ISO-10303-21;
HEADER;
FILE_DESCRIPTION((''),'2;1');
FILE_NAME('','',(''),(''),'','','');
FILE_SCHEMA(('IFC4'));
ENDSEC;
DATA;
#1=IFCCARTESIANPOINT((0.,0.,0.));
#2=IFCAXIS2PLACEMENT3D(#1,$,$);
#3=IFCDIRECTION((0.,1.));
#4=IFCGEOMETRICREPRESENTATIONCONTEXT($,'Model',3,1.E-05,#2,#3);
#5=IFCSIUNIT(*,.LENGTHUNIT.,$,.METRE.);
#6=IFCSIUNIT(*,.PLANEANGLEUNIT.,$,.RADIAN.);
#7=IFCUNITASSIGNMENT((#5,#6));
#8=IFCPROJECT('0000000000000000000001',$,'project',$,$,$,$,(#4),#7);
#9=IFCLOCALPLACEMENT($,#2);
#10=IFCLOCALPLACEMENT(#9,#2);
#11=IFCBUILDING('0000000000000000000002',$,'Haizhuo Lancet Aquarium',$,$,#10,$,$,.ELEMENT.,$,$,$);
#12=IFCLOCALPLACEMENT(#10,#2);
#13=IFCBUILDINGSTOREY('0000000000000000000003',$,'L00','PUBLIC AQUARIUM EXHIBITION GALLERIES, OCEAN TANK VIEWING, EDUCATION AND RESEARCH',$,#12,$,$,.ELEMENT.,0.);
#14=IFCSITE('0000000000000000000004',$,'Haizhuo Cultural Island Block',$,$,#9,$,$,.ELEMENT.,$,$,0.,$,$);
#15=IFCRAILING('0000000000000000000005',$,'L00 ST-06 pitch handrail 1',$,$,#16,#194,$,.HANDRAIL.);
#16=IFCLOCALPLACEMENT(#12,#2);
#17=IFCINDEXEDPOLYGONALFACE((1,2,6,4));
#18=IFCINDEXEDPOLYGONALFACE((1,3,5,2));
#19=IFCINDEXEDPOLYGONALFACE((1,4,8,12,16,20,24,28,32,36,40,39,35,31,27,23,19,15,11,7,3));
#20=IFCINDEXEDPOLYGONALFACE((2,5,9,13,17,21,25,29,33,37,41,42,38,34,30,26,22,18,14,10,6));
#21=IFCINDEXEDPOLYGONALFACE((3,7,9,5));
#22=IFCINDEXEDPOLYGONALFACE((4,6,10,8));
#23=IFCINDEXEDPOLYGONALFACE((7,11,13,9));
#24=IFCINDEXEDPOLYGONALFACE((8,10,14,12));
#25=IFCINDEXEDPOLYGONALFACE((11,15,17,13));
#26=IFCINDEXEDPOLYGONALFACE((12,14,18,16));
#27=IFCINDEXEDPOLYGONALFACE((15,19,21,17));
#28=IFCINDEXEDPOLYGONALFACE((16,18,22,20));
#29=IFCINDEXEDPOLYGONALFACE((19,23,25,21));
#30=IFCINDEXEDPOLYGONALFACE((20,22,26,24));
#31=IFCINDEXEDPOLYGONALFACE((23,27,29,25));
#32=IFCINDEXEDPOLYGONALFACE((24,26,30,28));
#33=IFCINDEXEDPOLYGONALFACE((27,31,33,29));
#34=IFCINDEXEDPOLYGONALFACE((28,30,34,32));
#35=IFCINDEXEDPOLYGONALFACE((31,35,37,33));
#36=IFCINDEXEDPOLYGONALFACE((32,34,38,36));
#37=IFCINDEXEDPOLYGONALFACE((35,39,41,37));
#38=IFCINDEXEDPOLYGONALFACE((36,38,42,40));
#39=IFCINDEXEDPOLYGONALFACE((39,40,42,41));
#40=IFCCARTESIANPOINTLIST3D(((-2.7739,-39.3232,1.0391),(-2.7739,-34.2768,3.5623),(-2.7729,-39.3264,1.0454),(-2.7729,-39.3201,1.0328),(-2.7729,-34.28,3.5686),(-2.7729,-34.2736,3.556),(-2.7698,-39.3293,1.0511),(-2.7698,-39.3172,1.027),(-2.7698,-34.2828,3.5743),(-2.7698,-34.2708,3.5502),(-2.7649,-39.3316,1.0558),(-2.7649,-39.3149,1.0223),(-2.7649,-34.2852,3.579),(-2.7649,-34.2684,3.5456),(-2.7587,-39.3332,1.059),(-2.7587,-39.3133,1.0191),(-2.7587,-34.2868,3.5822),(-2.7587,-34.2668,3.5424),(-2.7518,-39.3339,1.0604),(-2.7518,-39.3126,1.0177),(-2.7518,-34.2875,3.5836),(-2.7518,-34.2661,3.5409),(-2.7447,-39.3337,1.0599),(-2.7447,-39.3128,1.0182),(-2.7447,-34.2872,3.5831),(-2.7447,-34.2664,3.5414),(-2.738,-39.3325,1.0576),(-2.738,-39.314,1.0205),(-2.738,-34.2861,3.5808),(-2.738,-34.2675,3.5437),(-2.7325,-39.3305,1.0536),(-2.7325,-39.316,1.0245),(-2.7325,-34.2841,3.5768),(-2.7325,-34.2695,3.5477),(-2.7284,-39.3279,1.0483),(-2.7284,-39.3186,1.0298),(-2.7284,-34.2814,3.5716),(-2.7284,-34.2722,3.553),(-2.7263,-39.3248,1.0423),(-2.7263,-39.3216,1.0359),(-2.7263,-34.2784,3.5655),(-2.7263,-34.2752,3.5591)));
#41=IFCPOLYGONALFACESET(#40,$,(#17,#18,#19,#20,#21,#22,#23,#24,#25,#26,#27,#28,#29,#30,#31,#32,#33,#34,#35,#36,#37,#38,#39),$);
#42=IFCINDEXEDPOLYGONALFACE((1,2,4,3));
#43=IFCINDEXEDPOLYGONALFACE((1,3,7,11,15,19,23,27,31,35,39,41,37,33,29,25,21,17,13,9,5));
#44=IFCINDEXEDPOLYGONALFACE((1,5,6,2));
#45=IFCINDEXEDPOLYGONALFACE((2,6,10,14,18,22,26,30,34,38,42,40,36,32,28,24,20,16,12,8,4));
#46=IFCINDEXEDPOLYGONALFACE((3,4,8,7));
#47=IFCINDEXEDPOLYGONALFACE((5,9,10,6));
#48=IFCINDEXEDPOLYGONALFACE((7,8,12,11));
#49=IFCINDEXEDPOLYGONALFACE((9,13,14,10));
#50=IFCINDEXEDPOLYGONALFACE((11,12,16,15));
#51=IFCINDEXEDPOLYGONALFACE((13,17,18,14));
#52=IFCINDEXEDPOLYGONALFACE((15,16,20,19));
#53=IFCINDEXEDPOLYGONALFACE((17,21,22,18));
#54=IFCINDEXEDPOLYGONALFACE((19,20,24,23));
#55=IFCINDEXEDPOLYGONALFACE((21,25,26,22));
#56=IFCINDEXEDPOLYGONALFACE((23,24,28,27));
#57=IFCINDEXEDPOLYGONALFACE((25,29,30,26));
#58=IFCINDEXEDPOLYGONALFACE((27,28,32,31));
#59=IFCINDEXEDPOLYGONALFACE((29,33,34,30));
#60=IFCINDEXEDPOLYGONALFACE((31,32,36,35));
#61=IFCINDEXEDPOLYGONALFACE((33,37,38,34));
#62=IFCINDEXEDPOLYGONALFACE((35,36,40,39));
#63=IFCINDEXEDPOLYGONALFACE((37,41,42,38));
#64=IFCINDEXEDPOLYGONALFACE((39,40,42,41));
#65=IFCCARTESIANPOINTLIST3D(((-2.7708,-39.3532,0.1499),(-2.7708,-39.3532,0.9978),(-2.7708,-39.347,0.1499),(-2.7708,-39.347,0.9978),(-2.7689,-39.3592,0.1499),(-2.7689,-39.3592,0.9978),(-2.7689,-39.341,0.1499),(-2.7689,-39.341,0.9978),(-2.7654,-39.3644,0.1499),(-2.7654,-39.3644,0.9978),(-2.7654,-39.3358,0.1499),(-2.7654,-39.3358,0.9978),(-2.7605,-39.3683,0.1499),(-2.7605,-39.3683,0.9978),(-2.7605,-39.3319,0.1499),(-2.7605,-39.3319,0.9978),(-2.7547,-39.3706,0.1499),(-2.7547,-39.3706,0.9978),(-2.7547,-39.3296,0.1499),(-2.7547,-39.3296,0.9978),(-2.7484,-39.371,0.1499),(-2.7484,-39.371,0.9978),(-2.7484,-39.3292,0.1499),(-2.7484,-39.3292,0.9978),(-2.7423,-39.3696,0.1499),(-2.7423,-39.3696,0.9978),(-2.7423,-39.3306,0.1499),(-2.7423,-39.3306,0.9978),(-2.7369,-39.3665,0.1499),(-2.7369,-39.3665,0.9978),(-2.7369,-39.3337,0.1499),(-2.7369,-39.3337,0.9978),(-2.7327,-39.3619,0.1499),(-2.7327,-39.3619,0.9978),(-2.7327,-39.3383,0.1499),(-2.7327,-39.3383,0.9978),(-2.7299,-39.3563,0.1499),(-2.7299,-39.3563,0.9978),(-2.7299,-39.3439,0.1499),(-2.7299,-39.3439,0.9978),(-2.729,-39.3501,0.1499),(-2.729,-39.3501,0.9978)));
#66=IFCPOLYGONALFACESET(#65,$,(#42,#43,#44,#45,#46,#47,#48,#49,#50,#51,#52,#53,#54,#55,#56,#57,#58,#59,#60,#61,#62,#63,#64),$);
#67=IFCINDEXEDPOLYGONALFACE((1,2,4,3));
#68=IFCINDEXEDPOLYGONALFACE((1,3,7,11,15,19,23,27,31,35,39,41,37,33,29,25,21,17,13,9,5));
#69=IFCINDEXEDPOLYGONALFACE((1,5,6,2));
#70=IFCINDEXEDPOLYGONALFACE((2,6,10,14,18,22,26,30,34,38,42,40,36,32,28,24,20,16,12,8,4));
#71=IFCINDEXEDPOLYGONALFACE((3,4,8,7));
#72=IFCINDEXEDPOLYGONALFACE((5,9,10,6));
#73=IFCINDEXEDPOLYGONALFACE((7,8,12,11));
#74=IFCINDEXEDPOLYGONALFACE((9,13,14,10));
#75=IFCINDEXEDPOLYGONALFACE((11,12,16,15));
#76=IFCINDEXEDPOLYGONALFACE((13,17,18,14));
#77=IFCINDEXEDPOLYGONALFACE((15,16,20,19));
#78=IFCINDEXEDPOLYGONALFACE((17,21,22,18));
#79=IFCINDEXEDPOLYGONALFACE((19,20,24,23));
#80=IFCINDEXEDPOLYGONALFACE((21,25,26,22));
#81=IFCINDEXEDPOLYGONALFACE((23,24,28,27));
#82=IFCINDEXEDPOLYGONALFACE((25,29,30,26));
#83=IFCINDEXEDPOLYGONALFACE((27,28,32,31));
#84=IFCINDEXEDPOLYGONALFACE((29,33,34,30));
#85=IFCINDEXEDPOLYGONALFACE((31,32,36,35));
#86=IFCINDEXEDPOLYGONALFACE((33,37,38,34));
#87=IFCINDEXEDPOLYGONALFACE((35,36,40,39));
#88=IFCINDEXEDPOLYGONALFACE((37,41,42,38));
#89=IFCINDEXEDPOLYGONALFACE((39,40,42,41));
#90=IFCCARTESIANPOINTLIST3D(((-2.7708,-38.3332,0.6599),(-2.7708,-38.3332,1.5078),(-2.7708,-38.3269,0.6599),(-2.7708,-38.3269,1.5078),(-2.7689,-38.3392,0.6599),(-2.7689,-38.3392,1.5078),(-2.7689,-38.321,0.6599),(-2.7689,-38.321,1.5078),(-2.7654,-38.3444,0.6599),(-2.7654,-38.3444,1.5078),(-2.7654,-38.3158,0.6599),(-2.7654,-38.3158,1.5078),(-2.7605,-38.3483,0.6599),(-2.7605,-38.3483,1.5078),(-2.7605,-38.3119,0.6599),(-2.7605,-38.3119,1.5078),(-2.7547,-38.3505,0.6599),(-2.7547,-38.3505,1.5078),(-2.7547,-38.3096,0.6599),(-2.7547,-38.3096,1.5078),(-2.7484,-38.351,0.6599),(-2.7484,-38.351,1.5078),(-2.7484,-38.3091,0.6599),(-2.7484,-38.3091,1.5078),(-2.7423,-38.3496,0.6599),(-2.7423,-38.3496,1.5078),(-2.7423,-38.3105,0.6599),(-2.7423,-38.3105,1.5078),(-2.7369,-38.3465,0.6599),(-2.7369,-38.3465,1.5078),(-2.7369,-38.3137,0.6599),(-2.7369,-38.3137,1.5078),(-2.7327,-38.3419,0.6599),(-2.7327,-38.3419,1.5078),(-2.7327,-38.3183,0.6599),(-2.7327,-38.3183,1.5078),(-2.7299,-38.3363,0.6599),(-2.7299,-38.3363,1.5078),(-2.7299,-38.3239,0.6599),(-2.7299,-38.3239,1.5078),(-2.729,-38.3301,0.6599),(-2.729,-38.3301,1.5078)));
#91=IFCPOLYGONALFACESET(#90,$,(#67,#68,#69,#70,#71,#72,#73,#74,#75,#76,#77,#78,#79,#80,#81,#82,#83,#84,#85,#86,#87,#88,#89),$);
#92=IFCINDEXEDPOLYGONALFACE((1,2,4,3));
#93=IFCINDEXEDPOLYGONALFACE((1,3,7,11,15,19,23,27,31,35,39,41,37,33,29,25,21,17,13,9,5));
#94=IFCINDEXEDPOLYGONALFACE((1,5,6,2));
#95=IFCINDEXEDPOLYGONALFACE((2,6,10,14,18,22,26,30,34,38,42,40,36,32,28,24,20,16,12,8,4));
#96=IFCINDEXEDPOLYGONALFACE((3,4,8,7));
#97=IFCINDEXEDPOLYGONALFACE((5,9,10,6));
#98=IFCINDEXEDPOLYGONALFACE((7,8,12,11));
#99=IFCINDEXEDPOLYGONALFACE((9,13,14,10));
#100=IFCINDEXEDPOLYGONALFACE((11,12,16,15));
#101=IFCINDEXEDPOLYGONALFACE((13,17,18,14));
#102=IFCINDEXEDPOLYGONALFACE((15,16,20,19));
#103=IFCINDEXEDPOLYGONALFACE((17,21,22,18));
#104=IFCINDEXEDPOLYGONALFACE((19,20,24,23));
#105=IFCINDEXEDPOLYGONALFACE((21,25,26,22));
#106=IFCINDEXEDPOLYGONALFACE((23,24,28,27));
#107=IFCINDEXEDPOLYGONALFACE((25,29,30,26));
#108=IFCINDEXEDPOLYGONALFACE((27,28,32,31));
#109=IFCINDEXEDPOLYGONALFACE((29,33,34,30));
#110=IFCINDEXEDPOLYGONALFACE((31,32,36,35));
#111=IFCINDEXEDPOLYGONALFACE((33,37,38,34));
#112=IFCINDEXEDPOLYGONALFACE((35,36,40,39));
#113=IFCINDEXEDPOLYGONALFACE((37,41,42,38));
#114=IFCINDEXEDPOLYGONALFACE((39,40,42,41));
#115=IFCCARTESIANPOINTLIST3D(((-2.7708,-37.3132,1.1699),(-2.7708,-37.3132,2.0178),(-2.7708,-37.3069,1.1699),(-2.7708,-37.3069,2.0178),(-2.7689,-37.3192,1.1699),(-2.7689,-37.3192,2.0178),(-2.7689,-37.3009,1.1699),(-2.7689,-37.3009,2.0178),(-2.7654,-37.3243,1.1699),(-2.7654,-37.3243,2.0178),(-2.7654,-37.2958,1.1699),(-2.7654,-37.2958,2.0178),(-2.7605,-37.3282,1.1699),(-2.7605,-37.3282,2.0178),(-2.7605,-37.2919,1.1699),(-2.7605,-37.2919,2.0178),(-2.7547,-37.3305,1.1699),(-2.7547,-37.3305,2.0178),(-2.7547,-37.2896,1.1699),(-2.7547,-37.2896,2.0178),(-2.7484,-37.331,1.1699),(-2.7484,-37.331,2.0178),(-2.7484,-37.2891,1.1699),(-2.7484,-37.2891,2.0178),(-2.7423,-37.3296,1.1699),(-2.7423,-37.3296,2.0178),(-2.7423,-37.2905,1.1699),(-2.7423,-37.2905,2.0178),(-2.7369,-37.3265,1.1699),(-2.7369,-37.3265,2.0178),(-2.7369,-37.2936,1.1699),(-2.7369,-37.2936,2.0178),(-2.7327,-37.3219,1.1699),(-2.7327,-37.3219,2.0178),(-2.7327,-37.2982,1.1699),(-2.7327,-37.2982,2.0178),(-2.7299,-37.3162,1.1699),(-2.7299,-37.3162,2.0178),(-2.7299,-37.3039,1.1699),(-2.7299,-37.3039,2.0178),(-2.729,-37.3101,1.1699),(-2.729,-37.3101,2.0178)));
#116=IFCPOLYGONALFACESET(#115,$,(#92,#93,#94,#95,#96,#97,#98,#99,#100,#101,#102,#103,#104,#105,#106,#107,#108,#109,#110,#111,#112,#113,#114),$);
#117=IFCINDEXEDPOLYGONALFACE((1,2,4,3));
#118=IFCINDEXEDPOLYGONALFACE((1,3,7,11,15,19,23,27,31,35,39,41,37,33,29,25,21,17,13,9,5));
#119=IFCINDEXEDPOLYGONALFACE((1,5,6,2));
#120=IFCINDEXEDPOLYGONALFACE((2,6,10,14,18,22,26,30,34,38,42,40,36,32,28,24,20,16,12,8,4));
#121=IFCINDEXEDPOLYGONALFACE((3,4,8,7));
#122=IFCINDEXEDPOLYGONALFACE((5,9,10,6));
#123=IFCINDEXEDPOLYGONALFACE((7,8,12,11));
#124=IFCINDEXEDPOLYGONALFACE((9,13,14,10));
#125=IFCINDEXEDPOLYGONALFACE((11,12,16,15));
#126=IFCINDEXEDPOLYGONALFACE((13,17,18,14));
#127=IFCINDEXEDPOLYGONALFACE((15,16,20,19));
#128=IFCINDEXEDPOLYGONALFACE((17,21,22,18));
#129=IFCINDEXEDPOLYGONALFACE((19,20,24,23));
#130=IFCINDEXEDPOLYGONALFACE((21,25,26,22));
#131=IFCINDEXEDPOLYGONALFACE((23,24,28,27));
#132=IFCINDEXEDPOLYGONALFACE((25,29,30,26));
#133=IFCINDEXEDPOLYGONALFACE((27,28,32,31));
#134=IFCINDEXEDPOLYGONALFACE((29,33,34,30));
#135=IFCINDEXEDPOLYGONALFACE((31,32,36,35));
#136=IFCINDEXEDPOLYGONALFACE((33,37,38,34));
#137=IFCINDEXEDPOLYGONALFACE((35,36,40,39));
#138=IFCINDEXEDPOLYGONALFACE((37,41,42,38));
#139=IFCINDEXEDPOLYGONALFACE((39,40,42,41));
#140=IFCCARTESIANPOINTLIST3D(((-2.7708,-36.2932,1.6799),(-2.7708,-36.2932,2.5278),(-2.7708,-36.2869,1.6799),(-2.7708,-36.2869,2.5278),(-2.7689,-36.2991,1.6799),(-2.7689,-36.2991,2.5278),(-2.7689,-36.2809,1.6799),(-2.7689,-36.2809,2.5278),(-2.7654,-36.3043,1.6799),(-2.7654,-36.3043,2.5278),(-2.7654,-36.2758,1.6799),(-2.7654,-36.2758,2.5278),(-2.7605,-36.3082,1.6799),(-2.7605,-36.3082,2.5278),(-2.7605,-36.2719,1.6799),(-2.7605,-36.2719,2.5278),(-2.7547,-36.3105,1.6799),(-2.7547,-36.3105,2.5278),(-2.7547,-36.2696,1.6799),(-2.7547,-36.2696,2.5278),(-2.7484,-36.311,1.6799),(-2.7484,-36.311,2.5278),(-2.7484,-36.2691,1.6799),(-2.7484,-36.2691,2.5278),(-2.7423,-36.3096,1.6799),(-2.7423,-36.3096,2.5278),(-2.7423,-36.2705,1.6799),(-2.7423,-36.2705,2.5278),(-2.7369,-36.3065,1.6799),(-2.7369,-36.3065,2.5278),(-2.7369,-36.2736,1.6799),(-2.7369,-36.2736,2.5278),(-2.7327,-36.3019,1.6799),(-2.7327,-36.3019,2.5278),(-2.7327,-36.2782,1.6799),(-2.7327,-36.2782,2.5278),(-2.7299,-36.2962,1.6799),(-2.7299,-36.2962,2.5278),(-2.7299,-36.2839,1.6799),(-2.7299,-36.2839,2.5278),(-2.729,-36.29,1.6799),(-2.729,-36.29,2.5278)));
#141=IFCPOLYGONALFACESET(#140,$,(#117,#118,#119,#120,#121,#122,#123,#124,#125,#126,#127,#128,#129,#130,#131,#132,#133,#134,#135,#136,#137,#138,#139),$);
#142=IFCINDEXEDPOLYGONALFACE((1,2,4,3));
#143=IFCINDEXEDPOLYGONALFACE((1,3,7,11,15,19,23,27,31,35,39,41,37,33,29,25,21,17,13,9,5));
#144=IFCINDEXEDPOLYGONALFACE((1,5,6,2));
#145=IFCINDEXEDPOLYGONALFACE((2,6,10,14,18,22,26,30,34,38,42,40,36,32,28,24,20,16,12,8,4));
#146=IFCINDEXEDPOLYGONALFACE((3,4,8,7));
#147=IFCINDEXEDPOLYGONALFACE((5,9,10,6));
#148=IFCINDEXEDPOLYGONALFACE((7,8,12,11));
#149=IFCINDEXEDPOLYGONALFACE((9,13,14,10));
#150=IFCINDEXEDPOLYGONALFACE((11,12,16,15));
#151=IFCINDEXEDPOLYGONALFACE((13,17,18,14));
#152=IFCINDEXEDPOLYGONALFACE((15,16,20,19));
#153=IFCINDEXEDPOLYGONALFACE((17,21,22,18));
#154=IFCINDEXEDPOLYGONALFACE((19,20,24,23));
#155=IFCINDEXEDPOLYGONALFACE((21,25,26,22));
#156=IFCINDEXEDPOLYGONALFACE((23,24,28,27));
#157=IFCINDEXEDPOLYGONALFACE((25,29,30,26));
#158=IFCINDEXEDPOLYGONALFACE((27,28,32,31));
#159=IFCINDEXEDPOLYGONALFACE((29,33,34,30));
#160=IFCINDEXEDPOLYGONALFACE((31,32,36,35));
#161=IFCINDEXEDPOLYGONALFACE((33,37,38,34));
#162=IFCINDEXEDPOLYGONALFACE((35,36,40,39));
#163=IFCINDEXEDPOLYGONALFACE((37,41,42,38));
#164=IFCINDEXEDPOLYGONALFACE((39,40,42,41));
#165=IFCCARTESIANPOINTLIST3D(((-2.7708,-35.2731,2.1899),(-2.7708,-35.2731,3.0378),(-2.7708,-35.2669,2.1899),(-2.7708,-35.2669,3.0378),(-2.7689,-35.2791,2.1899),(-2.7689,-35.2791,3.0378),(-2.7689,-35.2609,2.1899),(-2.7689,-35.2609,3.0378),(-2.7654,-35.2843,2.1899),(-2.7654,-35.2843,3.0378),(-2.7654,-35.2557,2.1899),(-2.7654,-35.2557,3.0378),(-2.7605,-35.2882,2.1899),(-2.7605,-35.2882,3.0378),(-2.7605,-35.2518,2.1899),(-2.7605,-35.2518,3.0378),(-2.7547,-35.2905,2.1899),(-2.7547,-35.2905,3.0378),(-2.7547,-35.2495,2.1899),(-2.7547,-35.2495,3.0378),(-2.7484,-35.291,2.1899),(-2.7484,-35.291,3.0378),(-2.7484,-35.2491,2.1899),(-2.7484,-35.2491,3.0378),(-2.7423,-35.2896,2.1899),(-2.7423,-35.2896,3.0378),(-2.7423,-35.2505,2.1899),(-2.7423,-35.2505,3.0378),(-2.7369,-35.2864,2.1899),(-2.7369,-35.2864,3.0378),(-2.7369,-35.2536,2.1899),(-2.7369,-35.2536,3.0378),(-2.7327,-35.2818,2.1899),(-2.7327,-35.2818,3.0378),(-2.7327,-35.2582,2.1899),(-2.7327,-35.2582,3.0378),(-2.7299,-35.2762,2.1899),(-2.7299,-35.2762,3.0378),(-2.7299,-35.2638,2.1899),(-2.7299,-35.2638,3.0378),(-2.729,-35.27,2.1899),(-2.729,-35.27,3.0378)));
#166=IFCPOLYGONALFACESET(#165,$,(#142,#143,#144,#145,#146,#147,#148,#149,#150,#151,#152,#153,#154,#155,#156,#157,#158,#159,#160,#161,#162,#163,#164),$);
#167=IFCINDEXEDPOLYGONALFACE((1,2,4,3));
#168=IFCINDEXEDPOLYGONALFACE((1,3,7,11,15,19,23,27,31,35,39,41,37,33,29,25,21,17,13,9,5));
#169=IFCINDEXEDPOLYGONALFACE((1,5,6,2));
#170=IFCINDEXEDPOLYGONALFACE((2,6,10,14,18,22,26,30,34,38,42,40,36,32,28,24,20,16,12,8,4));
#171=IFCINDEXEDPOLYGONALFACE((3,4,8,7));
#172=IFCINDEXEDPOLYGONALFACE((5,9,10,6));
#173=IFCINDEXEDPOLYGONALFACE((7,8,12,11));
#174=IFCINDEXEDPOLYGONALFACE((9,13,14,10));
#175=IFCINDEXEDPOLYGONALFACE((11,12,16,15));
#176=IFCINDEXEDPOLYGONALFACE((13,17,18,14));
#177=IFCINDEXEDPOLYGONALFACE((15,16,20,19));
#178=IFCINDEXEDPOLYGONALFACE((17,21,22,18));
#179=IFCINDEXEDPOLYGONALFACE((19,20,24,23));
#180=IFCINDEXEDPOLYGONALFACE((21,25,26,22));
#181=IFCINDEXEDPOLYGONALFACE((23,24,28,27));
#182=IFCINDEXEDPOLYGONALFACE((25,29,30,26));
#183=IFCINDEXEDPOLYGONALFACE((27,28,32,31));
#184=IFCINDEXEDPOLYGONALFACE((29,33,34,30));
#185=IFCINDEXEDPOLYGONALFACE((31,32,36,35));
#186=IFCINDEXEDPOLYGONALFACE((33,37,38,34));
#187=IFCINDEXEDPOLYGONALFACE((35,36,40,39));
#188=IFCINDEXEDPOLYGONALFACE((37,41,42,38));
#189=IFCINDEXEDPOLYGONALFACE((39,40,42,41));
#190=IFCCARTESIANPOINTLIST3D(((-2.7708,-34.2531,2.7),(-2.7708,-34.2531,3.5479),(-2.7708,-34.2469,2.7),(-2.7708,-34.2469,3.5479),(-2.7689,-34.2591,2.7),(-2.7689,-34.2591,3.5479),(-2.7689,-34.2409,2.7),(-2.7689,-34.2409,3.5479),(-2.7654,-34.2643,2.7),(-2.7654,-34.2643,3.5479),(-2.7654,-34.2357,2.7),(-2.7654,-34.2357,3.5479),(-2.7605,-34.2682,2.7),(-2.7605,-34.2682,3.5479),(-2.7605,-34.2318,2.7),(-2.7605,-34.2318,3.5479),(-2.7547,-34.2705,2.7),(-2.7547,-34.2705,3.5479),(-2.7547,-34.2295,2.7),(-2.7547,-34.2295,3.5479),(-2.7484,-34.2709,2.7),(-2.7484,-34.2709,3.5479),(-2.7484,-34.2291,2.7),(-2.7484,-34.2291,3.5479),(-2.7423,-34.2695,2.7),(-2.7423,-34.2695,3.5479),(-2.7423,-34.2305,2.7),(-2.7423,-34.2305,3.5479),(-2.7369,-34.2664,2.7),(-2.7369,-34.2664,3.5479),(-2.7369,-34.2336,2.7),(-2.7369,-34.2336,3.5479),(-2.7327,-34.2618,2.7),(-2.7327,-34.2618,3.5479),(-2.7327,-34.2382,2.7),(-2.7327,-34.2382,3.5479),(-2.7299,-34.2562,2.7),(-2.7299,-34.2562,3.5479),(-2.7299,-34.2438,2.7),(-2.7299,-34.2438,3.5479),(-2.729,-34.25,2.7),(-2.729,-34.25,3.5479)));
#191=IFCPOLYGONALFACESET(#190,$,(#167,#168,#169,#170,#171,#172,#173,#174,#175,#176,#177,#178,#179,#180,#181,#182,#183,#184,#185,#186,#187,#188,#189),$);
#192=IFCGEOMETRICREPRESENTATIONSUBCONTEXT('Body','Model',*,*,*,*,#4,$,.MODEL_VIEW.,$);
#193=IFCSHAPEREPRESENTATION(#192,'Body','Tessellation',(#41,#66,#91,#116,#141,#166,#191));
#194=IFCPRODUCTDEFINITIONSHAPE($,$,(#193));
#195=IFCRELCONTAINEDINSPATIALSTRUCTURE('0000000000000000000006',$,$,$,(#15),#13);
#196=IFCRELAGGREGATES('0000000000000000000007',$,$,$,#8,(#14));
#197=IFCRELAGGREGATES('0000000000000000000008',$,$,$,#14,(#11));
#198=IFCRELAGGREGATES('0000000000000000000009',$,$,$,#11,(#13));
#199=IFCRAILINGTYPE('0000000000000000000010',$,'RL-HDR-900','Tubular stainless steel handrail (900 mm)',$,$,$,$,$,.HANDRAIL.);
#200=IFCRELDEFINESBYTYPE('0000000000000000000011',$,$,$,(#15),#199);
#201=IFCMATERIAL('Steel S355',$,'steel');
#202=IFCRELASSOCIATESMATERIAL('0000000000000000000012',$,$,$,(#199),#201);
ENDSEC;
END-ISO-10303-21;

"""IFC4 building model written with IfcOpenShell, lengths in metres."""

from ifc_helpers import new_model, si_unit, direction, frame, origin, origin_2d, place, context, subcontext, project, spatial, circle, extrude, material, type_object, element, save


model = new_model("IFC4")

# Units and contexts
model_context = context("Model", 3, precision=1e-05, world=origin(), true_north=direction((0.0, 1.0)))
body_context = subcontext(model_context, "Body", "Model", "MODEL_VIEW")
ifc_project = project(units=[si_unit("LENGTHUNIT", "METRE"), si_unit("PLANEANGLEUNIT", "RADIAN")], contexts=[model_context])

# Site, building, storey
site_placement = place(None, origin())
site = spatial("IfcSite", under=ifc_project, at=site_placement, Name="Haizhuo Cultural Island Block", CompositionType="ELEMENT", RefElevation=0.0)
building_placement = place(site_placement, origin())
building = spatial("IfcBuilding", under=site, at=building_placement, Name="Haizhuo Lancet Aquarium", CompositionType="ELEMENT")
storey_placement = place(building_placement, origin())
storey = spatial("IfcBuildingStorey", under=building, at=storey_placement, Name="L00", Description="PUBLIC AQUARIUM EXHIBITION GALLERIES, OCEAN TANK VIEWING, EDUCATION AND RESEARCH", CompositionType="ELEMENT", Elevation=0.0)

# Shared definitions
ifc_material_1 = material(Name="Steel S355", Category="steel")

# Railing
railing_type_1 = type_object("IfcRailingType", Name="RL-HDR-900", Description="Tubular stainless steel handrail (900 mm)", PredefinedType="HANDRAIL", material=ifc_material_1)
railing_1_placement = place(storey_placement, frame((-2.75, -39.3501, 0.1499)))
element("IfcRailing", 1, at=railing_1_placement, inside=storey, type_object=railing_type_1, Name="L00 ST-06 pitch handrail 1", PredefinedType="HANDRAIL", context=body_context, shape_type="SweptSolid", body=[
    extrude(circle(Radius=0.0239, at=origin_2d()), frame((0.0, 0.0269, 0.8892), z_axis=(0.0, 0.894427, 0.447214), x_axis=(-1.0, 0.0, 0.0)), (0.0, 0.0, 1.0), 5.6421),
    extrude(circle(Radius=0.021, at=origin_2d()), origin(), (0.0, 0.0, 1.0), 0.8479),
    extrude(circle(Radius=0.021, at=origin_2d()), frame((0.0, 1.02, 0.51)), (0.0, 0.0, 1.0), 0.8479),
    extrude(circle(Radius=0.021, at=origin_2d()), frame((0.0, 2.04, 1.02)), (0.0, 0.0, 1.0), 0.8479),
    extrude(circle(Radius=0.021, at=origin_2d()), frame((0.0, 3.0601, 1.53)), (0.0, 0.0, 1.0), 0.8479),
    extrude(circle(Radius=0.021, at=origin_2d()), frame((0.0, 4.0801, 2.04)), (0.0, 0.0, 1.0), 0.8479),
    extrude(circle(Radius=0.021, at=origin_2d()), frame((0.0, 5.1001, 2.55)), (0.0, 0.0, 1.0), 0.8479),
])

save(model, "model.ifc")
